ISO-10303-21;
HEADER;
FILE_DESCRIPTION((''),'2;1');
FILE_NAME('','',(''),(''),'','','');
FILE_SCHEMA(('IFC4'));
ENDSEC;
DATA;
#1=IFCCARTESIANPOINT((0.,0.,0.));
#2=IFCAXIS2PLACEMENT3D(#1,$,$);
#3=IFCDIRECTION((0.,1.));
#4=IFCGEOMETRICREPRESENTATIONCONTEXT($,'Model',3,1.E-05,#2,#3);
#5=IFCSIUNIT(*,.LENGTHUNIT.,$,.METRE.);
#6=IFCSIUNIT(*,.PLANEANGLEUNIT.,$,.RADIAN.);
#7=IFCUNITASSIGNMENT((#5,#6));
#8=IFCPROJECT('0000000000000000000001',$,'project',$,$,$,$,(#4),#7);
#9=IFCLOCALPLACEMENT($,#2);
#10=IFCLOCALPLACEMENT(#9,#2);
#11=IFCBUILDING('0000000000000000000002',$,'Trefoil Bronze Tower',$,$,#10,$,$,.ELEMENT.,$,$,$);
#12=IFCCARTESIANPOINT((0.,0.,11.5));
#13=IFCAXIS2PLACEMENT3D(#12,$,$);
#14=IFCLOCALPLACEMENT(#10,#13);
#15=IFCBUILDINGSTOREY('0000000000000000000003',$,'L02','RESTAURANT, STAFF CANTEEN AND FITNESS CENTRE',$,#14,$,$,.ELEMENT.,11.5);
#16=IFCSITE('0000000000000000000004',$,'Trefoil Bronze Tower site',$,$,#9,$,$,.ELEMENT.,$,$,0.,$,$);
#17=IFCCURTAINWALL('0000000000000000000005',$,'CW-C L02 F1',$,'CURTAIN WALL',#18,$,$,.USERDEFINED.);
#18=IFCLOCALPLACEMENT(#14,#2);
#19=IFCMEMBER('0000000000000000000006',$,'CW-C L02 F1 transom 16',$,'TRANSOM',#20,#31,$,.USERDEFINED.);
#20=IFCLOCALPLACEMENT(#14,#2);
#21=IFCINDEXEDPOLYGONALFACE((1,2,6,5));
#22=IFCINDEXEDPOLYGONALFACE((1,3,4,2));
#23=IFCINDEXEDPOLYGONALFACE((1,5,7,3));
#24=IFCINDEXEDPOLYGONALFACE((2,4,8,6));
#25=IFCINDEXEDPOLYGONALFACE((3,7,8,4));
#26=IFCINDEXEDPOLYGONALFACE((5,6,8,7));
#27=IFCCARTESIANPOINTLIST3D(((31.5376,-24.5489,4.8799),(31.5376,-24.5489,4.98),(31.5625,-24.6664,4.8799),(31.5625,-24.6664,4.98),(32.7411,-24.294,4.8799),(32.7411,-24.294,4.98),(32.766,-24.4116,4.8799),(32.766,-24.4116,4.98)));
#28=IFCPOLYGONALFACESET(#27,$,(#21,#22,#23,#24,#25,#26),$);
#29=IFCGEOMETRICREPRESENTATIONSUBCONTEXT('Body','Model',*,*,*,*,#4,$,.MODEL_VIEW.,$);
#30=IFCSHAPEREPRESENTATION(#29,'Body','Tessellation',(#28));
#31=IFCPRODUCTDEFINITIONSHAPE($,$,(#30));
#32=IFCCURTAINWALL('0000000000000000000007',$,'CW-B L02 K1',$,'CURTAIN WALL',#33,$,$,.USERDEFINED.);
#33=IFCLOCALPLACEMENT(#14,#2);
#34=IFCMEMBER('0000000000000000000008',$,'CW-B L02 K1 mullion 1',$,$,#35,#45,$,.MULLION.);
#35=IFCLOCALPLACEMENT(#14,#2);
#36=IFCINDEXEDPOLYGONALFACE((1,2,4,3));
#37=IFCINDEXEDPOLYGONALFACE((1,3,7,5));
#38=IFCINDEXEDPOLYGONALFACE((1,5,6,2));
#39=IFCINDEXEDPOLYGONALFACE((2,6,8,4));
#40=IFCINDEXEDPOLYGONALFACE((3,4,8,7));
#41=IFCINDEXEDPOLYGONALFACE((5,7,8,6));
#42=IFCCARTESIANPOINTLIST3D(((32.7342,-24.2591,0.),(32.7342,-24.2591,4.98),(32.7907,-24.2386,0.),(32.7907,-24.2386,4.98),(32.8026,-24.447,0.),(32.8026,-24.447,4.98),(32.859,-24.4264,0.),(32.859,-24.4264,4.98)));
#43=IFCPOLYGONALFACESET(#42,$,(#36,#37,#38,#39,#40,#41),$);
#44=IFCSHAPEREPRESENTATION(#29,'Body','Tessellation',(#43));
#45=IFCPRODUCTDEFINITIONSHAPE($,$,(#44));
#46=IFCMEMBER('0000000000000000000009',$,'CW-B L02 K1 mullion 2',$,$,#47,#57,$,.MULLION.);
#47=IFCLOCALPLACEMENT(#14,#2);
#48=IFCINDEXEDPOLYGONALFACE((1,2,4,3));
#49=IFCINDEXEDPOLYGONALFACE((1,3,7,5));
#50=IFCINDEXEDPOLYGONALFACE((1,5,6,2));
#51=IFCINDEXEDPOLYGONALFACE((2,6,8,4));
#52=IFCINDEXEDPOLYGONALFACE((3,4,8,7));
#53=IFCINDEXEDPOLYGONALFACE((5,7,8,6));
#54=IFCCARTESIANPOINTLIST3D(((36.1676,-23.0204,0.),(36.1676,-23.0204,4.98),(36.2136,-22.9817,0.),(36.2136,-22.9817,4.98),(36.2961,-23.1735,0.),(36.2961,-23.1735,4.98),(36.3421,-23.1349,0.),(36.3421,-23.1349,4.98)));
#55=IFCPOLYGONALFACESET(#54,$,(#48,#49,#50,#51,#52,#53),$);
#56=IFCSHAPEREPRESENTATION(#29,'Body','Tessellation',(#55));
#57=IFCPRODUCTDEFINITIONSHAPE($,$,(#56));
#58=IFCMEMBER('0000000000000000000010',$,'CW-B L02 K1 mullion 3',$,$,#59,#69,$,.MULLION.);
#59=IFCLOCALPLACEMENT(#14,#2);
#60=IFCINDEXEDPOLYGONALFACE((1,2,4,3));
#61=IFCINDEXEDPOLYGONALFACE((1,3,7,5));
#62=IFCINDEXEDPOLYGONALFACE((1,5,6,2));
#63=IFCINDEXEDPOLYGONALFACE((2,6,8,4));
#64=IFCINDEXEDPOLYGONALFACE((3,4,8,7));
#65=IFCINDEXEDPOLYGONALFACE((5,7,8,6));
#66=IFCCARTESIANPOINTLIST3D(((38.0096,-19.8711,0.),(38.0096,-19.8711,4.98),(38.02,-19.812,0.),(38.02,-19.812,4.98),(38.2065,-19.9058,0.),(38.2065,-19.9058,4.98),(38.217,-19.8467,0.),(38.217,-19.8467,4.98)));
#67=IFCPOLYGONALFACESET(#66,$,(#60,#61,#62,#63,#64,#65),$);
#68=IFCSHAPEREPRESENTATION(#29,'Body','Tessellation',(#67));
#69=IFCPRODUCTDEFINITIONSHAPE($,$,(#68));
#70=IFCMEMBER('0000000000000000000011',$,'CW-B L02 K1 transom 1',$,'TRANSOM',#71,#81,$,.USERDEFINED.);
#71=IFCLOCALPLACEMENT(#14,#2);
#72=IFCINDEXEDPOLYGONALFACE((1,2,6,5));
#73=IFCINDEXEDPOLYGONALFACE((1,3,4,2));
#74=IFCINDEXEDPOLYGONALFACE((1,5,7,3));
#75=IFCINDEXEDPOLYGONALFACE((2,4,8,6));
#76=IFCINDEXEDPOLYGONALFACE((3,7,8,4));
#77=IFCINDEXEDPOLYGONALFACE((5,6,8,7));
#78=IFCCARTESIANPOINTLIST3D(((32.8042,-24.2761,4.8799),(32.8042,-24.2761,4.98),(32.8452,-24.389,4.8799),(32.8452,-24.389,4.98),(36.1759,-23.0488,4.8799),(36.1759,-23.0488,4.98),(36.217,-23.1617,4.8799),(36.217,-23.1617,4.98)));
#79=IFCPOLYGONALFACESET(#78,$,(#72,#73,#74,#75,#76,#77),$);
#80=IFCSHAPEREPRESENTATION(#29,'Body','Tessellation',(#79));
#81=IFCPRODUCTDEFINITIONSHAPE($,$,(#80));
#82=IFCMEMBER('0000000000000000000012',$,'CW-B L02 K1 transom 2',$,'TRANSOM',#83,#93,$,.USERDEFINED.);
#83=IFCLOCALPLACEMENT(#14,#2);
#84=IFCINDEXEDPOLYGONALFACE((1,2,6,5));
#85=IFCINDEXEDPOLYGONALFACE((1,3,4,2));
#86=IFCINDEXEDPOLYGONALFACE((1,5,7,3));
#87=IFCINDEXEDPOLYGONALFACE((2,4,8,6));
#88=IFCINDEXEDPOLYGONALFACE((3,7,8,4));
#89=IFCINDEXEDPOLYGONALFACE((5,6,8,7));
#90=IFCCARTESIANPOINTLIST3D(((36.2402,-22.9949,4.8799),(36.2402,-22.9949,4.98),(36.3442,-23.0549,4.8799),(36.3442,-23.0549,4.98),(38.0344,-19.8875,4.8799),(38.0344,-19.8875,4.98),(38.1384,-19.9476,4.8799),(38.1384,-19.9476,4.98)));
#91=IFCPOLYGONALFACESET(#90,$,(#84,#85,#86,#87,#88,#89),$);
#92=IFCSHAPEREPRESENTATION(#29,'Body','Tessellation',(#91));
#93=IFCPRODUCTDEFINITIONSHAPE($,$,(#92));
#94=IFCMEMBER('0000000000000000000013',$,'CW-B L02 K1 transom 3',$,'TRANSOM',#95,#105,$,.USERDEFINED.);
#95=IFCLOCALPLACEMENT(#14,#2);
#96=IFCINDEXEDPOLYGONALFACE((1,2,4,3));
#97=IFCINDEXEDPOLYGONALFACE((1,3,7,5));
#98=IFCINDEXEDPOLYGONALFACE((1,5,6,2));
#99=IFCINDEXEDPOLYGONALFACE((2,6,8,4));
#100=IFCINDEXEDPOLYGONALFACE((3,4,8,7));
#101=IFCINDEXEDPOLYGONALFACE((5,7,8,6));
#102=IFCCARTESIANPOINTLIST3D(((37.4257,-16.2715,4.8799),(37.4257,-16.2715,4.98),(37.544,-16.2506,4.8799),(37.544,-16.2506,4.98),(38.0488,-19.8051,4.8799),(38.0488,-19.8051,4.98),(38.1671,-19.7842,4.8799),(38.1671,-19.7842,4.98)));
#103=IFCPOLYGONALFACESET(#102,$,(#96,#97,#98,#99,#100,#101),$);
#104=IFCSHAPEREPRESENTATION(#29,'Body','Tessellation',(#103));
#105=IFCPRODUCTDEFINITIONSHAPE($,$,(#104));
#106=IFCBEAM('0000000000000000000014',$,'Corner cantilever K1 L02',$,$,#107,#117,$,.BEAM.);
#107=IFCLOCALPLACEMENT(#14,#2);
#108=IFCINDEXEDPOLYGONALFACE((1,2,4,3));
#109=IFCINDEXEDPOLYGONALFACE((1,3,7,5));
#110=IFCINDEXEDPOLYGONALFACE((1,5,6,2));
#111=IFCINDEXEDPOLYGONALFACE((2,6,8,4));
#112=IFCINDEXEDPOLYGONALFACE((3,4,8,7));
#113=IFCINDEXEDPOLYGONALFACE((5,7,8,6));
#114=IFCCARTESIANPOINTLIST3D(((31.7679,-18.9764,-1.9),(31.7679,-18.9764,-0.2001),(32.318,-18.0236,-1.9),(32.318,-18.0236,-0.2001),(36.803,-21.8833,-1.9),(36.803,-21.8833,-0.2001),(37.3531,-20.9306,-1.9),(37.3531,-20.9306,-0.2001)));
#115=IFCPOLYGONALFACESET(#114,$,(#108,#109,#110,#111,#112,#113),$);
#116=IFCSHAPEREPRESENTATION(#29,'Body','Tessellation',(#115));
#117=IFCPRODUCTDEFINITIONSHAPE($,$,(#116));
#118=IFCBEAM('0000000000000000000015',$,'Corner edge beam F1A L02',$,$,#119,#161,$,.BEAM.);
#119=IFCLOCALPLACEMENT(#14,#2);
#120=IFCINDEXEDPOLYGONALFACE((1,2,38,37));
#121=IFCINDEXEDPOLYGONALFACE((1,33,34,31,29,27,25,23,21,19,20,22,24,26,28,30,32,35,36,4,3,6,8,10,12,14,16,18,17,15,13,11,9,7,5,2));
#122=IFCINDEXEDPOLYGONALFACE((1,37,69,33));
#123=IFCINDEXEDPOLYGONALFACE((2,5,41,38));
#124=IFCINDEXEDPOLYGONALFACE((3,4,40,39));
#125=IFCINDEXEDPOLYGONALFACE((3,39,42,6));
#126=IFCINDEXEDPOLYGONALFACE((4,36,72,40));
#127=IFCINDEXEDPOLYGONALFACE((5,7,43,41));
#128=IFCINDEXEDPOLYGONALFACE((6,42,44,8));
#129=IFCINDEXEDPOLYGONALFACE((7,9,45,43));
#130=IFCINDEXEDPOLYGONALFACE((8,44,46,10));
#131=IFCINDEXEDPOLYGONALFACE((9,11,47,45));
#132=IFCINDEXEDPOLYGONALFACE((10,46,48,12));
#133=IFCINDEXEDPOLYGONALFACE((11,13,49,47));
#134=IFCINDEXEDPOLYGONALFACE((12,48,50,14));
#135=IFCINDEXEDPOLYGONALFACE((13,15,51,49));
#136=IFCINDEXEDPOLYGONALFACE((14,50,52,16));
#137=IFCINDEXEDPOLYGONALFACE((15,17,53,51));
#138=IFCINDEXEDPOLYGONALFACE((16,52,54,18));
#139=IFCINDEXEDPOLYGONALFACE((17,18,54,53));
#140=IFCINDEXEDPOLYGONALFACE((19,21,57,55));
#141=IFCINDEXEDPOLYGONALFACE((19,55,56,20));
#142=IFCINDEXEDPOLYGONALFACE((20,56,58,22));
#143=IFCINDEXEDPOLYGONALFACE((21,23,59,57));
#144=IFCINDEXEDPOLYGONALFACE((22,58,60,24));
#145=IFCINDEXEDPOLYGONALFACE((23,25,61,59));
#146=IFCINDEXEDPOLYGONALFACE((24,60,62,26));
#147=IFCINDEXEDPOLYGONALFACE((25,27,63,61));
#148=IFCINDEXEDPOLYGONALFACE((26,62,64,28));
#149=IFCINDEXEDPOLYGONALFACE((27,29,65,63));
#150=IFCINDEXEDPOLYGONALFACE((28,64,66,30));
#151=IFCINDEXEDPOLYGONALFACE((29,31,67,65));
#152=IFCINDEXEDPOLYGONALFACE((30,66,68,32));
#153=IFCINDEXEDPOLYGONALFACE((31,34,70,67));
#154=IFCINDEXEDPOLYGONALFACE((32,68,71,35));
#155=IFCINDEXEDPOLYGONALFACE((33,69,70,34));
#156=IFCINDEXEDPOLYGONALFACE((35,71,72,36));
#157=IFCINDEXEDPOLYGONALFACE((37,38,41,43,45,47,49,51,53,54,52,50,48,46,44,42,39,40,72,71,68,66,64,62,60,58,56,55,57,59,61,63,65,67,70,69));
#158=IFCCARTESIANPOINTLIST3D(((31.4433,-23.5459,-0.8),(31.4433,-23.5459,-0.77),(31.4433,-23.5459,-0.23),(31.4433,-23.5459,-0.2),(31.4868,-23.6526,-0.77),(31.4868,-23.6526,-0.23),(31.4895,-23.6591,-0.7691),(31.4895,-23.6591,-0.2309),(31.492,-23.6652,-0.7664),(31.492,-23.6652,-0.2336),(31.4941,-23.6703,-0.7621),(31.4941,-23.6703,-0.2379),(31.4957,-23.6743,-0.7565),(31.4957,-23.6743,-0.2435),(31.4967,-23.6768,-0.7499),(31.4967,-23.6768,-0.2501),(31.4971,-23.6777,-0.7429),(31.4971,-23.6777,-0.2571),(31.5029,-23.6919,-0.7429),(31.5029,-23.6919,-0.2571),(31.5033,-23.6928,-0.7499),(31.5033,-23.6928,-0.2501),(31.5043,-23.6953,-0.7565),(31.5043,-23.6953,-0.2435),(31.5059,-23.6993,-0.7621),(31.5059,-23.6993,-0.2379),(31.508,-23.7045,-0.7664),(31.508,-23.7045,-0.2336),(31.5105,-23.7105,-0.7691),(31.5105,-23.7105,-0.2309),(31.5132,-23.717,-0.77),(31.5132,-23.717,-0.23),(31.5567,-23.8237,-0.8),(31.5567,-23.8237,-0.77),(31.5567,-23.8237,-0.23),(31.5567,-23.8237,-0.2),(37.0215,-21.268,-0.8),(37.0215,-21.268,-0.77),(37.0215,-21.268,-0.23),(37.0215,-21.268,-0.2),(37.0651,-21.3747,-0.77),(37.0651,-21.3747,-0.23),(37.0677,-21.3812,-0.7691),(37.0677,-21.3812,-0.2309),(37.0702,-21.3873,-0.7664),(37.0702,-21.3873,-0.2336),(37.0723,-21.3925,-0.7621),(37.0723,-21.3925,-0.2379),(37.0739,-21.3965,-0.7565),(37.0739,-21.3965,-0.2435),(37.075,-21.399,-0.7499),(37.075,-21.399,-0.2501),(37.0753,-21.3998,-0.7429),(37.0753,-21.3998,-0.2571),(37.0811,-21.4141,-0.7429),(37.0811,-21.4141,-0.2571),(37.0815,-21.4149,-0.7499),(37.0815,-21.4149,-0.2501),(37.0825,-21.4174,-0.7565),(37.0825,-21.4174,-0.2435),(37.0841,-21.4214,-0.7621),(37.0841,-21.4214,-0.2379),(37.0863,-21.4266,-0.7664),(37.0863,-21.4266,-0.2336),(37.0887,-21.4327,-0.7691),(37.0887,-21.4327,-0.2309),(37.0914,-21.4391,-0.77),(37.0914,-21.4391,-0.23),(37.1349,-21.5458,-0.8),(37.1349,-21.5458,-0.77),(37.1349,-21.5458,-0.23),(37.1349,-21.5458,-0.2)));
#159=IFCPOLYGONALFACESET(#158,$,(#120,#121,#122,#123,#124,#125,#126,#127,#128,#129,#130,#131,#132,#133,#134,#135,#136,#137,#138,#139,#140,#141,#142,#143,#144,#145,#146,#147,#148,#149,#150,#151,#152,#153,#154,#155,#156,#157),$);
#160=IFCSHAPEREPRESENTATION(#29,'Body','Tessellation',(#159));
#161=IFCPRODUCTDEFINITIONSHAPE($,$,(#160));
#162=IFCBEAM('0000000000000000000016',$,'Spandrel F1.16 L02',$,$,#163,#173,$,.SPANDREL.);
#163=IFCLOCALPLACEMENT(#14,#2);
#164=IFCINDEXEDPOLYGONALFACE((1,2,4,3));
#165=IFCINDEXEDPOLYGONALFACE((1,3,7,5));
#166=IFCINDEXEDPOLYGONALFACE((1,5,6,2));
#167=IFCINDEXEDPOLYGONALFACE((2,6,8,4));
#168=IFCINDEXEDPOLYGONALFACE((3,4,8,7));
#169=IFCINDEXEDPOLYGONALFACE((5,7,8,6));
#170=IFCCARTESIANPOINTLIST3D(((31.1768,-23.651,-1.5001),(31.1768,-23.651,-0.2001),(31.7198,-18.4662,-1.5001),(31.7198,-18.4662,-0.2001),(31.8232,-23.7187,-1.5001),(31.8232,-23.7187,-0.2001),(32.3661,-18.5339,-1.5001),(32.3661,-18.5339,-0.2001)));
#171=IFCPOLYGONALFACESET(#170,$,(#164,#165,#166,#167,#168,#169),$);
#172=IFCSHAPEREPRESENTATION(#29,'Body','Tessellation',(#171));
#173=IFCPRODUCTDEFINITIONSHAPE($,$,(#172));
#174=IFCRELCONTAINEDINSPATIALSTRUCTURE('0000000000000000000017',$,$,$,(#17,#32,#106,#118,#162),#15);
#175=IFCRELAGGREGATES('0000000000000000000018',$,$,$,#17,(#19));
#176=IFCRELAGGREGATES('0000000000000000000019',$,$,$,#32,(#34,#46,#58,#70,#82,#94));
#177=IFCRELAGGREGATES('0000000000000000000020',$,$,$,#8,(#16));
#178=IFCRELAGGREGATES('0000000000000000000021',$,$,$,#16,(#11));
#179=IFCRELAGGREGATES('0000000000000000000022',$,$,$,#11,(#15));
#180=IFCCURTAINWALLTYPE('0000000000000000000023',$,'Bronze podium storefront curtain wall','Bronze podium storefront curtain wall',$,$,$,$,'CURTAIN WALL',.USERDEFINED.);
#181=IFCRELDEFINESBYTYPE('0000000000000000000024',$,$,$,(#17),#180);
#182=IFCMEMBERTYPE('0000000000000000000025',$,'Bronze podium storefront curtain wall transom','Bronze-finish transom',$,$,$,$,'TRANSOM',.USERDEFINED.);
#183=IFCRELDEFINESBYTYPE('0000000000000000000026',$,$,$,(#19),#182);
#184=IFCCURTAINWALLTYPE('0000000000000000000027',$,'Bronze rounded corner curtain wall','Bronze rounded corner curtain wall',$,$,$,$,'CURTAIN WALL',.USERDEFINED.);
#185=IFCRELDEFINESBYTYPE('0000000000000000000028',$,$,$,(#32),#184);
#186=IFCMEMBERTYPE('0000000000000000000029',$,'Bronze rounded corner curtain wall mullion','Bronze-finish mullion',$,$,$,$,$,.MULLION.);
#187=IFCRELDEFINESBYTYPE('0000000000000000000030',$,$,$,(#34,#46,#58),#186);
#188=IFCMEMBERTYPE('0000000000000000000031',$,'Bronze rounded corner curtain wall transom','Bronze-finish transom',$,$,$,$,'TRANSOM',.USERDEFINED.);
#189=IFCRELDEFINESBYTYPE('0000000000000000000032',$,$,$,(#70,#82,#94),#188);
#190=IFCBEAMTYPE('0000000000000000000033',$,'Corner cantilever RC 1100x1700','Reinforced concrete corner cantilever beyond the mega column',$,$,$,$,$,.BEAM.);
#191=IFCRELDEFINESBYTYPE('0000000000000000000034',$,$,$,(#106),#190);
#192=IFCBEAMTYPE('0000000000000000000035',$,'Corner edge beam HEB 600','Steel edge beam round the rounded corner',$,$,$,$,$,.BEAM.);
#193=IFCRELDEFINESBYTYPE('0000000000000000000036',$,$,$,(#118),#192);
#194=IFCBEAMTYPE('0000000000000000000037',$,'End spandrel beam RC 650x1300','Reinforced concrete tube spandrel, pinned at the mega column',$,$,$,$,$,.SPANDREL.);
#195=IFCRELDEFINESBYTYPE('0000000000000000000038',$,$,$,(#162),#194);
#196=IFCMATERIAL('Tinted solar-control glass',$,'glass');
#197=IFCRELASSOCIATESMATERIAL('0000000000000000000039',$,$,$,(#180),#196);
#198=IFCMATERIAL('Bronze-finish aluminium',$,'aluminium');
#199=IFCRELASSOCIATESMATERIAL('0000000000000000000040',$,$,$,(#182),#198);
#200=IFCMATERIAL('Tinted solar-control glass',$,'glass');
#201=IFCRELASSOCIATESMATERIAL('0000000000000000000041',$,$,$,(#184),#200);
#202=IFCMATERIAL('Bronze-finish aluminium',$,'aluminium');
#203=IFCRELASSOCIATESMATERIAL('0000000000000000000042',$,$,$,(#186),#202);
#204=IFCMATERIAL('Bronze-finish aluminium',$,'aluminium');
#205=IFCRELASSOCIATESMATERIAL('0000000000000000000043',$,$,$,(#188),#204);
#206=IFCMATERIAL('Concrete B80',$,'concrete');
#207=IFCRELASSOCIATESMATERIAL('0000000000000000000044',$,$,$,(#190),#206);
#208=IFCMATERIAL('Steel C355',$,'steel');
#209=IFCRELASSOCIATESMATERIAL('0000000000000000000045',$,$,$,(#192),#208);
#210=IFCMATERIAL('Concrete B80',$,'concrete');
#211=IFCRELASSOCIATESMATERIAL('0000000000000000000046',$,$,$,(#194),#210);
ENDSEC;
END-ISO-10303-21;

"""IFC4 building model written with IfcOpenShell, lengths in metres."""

from ifc_helpers import new_model, si_unit, direction, frame, origin, origin_2d, place, context, subcontext, project, spatial, rectangle, i_section, extrude, material, material_profile, profile_set, type_object, element, aggregate, save


model = new_model("IFC4")

# Units and contexts
model_context = context("Model", 3, precision=1e-05, world=origin(), true_north=direction((0.0, 1.0)))
body_context = subcontext(model_context, "Body", "Model", "MODEL_VIEW")
ifc_project = project(units=[si_unit("LENGTHUNIT", "METRE"), si_unit("PLANEANGLEUNIT", "RADIAN")], contexts=[model_context])

# Site, building, storey
site_placement = place(None, origin())
site = spatial("IfcSite", under=ifc_project, at=site_placement, Name="Trefoil Bronze Tower site", CompositionType="ELEMENT", RefElevation=0.0)
building_placement = place(site_placement, origin())
building = spatial("IfcBuilding", under=site, at=building_placement, Name="Trefoil Bronze Tower", CompositionType="ELEMENT")
storey_placement = place(building_placement, frame((0.0, 0.0, 11.5)))
storey = spatial("IfcBuildingStorey", under=building, at=storey_placement, Name="L02", Description="RESTAURANT, STAFF CANTEEN AND FITNESS CENTRE", CompositionType="ELEMENT", Elevation=11.5)

# Curtain walls, members
ifc_material_1 = material(Name="Tinted solar-control glass", Category="glass")
curtain_wall_type_1 = type_object("IfcCurtainWallType", Name="Bronze podium storefront curtain wall", Description="Bronze podium storefront curtain wall", ElementType="CURTAIN WALL", PredefinedType="USERDEFINED", material=ifc_material_1)
curtain_wall_1_placement = place(storey_placement, origin())
curtain_wall_1 = element("IfcCurtainWall", 1, at=curtain_wall_1_placement, inside=storey, type_object=curtain_wall_type_1, Name="CW-C L02 F1", ObjectType="CURTAIN WALL", PredefinedType="USERDEFINED")
ifc_material_2 = material(Name="Bronze-finish aluminium", Category="aluminium")
ifc_material_profile_1 = material_profile(ifc_material_2, rectangle(XDim=0.1201, YDim=0.1001, at=origin_2d()), Name="CW-C transom")
ifc_profile_set_1 = profile_set([ifc_material_profile_1], Name="Bronze-finish aluminium")
member_type_1 = type_object("IfcMemberType", Name="Bronze podium storefront curtain wall transom", Description="Bronze-finish transom", ElementType="TRANSOM", PredefinedType="USERDEFINED", material=ifc_profile_set_1)
member_1_placement = place(storey_placement, frame((31.55, -24.6077, 4.9299), z_axis=(0.978305, 0.20717, 0.0), x_axis=(-0.20717, 0.978305, 0.0)))
member_1 = element("IfcMember", 2, at=member_1_placement, type_object=member_type_1, Name="CW-C L02 F1 transom 16", ObjectType="TRANSOM", PredefinedType="USERDEFINED", context=body_context, shape_type="SweptSolid", body=[
    extrude(rectangle(XDim=0.1201, YDim=0.1001, at=origin_2d()), origin(), (0.0, 0.0, 1.0), 1.2302),
])
ifc_material_3 = material(Name="Tinted solar-control glass", Category="glass")
curtain_wall_type_2 = type_object("IfcCurtainWallType", Name="Bronze rounded corner curtain wall", Description="Bronze rounded corner curtain wall", ElementType="CURTAIN WALL", PredefinedType="USERDEFINED", material=ifc_material_3)
curtain_wall_2_placement = place(storey_placement, origin())
curtain_wall_2 = element("IfcCurtainWall", 3, at=curtain_wall_2_placement, inside=storey, type_object=curtain_wall_type_2, Name="CW-B L02 K1", ObjectType="CURTAIN WALL", PredefinedType="USERDEFINED")
ifc_material_4 = material(Name="Bronze-finish aluminium", Category="aluminium")
ifc_material_profile_2 = material_profile(ifc_material_4, rectangle(XDim=0.2, YDim=0.0601, at=origin_2d()), Name="CW-B mullion")
ifc_profile_set_2 = profile_set([ifc_material_profile_2], Name="Bronze-finish aluminium")
member_type_2 = type_object("IfcMemberType", Name="Bronze rounded corner curtain wall mullion", Description="Bronze-finish mullion", PredefinedType="MULLION", material=ifc_profile_set_2)
member_2_placement = place(storey_placement, frame((32.7966, -24.3428, 0.0), z_axis=(0.0, 0.0, 1.0), x_axis=(-0.34202, 0.939693, 0.0)))
member_2 = element("IfcMember", 4, at=member_2_placement, type_object=member_type_2, Name="CW-B L02 K1 mullion 1", PredefinedType="MULLION", context=body_context, shape_type="SweptSolid", body=[
    extrude(rectangle(XDim=0.2, YDim=0.0601, at=origin_2d()), origin(), (0.0, 0.0, 1.0), 4.98),
])
member_3_placement = place(storey_placement, frame((36.2549, -23.0776, 0.0), z_axis=(0.0, 0.0, 1.0), x_axis=(-0.642788, 0.766044, 0.0)))
member_3 = element("IfcMember", 5, at=member_3_placement, type_object=member_type_2, Name="CW-B L02 K1 mullion 2", PredefinedType="MULLION", context=body_context, shape_type="SweptSolid", body=[
    extrude(rectangle(XDim=0.2, YDim=0.0601, at=origin_2d()), origin(), (0.0, 0.0, 1.0), 4.98),
])
member_4_placement = place(storey_placement, frame((38.1133, -19.8589, 0.0), z_axis=(0.0, 0.0, 1.0), x_axis=(-0.984808, 0.173648, 0.0)))
member_4 = element("IfcMember", 6, at=member_4_placement, type_object=member_type_2, Name="CW-B L02 K1 mullion 3", PredefinedType="MULLION", context=body_context, shape_type="SweptSolid", body=[
    extrude(rectangle(XDim=0.2, YDim=0.0601, at=origin_2d()), origin(), (0.0, 0.0, 1.0), 4.98),
])
ifc_material_5 = material(Name="Bronze-finish aluminium", Category="aluminium")
ifc_material_profile_3 = material_profile(ifc_material_5, rectangle(XDim=0.1201, YDim=0.1001, at=origin_2d()), Name="CW-B transom")
ifc_profile_set_3 = profile_set([ifc_material_profile_3], Name="Bronze-finish aluminium")
member_type_3 = type_object("IfcMemberType", Name="Bronze rounded corner curtain wall transom", Description="Bronze-finish transom", ElementType="TRANSOM", PredefinedType="USERDEFINED", material=ifc_profile_set_3)
member_5_placement = place(storey_placement, frame((32.8247, -24.3325, 4.9299), z_axis=(0.939688, 0.342033, 0.0), x_axis=(-0.342033, 0.939688, 0.0)))
member_5 = element("IfcMember", 7, at=member_5_placement, type_object=member_type_3, Name="CW-B L02 K1 transom 1", ObjectType="TRANSOM", PredefinedType="USERDEFINED", context=body_context, shape_type="SweptSolid", body=[
    extrude(rectangle(XDim=0.1201, YDim=0.1001, at=origin_2d()), origin(), (0.0, 0.0, 1.0), 3.5881),
])
member_6_placement = place(storey_placement, frame((36.2922, -23.0249, 4.9299), z_axis=(0.500025, 0.866011, 0.0), x_axis=(-0.866011, 0.500025, 0.0)))
member_6 = element("IfcMember", 8, at=member_6_placement, type_object=member_type_3, Name="CW-B L02 K1 transom 2", ObjectType="TRANSOM", PredefinedType="USERDEFINED", context=body_context, shape_type="SweptSolid", body=[
    extrude(rectangle(XDim=0.1201, YDim=0.1001, at=origin_2d()), origin(), (0.0, 0.0, 1.0), 3.5881),
])
member_7_placement = place(storey_placement, frame((38.1079, -19.7947, 4.9299), z_axis=(-0.173638, 0.98481, 0.0), x_axis=(-0.98481, -0.173638, 0.0)))
member_7 = element("IfcMember", 9, at=member_7_placement, type_object=member_type_3, Name="CW-B L02 K1 transom 3", ObjectType="TRANSOM", PredefinedType="USERDEFINED", context=body_context, shape_type="SweptSolid", body=[
    extrude(rectangle(XDim=0.1201, YDim=0.1001, at=origin_2d()), origin(), (0.0, 0.0, 1.0), 3.5881),
])

# Beams
ifc_material_6 = material(Name="Concrete B80", Category="concrete")
ifc_material_profile_4 = material_profile(ifc_material_6, rectangle(XDim=1.1001, YDim=1.7, at=origin_2d()), Name="RC 1100x1700")
ifc_profile_set_4 = profile_set([ifc_material_profile_4], Name="Concrete B80")
beam_type_1 = type_object("IfcBeamType", Name="Corner cantilever RC 1100x1700", Description="Reinforced concrete corner cantilever beyond the mega column", PredefinedType="BEAM", material=ifc_profile_set_4)
beam_1_placement = place(storey_placement, frame((32.043, -18.5, -1.05), z_axis=(0.86603, -0.499991, 0.0), x_axis=(0.499991, 0.86603, 0.0)))
element("IfcBeam", 10, at=beam_1_placement, inside=storey, type_object=beam_type_1, Name="Corner cantilever K1 L02", PredefinedType="BEAM", context=body_context, shape_type="SweptSolid", body=[
    extrude(rectangle(XDim=1.1001, YDim=1.7, at=origin_2d()), origin(), (0.0, 0.0, 1.0), 5.814),
])
ifc_material_7 = material(Name="Steel C355", Category="steel")
ifc_material_profile_5 = material_profile(ifc_material_7, i_section(OverallWidth=0.3, OverallDepth=0.6001, WebThickness=0.0154, FlangeThickness=0.03, FilletRadius=0.0271, at=origin_2d()), Name="HEB 600")
ifc_profile_set_5 = profile_set([ifc_material_profile_5], Name="Steel C355")
beam_type_2 = type_object("IfcBeamType", Name="Corner edge beam HEB 600", Description="Steel edge beam round the rounded corner", PredefinedType="BEAM", material=ifc_profile_set_5)
beam_2_placement = place(storey_placement, frame((31.5, -23.6848, -0.5), z_axis=(0.925787, 0.378046, 0.0), x_axis=(-0.378046, 0.925787, 0.0)))
element("IfcBeam", 11, at=beam_2_placement, inside=storey, type_object=beam_type_2, Name="Corner edge beam F1A L02", PredefinedType="BEAM", context=body_context, shape_type="SweptSolid", body=[
    extrude(i_section(OverallWidth=0.3, OverallDepth=0.6001, WebThickness=0.0154, FlangeThickness=0.03, FilletRadius=0.0271, at=origin_2d()), origin(), (0.0, 0.0, 1.0), 6.0254),
])
ifc_material_8 = material(Name="Concrete B80", Category="concrete")
ifc_material_profile_6 = material_profile(ifc_material_8, rectangle(XDim=0.6499, YDim=1.3, at=origin_2d()), Name="RC 650x1300")
ifc_profile_set_6 = profile_set([ifc_material_profile_6], Name="Concrete B80")
beam_type_3 = type_object("IfcBeamType", Name="End spandrel beam RC 650x1300", Description="Reinforced concrete tube spandrel, pinned at the mega column", PredefinedType="SPANDREL", material=ifc_profile_set_6)
beam_3_placement = place(storey_placement, frame((31.5, -23.6848, -0.8501), z_axis=(0.104153, 0.994561, 0.0), x_axis=(-0.994561, 0.104153, 0.0)))
element("IfcBeam", 12, at=beam_3_placement, inside=storey, type_object=beam_type_3, Name="Spandrel F1.16 L02", PredefinedType="SPANDREL", context=body_context, shape_type="SweptSolid", body=[
    extrude(rectangle(XDim=0.6499, YDim=1.3, at=origin_2d()), origin(), (0.0, 0.0, 1.0), 5.2131),
])

aggregate(curtain_wall_1, [member_1])
aggregate(curtain_wall_2, [member_2, member_3, member_4, member_5, member_6, member_7])

save(model, "model.ifc")
